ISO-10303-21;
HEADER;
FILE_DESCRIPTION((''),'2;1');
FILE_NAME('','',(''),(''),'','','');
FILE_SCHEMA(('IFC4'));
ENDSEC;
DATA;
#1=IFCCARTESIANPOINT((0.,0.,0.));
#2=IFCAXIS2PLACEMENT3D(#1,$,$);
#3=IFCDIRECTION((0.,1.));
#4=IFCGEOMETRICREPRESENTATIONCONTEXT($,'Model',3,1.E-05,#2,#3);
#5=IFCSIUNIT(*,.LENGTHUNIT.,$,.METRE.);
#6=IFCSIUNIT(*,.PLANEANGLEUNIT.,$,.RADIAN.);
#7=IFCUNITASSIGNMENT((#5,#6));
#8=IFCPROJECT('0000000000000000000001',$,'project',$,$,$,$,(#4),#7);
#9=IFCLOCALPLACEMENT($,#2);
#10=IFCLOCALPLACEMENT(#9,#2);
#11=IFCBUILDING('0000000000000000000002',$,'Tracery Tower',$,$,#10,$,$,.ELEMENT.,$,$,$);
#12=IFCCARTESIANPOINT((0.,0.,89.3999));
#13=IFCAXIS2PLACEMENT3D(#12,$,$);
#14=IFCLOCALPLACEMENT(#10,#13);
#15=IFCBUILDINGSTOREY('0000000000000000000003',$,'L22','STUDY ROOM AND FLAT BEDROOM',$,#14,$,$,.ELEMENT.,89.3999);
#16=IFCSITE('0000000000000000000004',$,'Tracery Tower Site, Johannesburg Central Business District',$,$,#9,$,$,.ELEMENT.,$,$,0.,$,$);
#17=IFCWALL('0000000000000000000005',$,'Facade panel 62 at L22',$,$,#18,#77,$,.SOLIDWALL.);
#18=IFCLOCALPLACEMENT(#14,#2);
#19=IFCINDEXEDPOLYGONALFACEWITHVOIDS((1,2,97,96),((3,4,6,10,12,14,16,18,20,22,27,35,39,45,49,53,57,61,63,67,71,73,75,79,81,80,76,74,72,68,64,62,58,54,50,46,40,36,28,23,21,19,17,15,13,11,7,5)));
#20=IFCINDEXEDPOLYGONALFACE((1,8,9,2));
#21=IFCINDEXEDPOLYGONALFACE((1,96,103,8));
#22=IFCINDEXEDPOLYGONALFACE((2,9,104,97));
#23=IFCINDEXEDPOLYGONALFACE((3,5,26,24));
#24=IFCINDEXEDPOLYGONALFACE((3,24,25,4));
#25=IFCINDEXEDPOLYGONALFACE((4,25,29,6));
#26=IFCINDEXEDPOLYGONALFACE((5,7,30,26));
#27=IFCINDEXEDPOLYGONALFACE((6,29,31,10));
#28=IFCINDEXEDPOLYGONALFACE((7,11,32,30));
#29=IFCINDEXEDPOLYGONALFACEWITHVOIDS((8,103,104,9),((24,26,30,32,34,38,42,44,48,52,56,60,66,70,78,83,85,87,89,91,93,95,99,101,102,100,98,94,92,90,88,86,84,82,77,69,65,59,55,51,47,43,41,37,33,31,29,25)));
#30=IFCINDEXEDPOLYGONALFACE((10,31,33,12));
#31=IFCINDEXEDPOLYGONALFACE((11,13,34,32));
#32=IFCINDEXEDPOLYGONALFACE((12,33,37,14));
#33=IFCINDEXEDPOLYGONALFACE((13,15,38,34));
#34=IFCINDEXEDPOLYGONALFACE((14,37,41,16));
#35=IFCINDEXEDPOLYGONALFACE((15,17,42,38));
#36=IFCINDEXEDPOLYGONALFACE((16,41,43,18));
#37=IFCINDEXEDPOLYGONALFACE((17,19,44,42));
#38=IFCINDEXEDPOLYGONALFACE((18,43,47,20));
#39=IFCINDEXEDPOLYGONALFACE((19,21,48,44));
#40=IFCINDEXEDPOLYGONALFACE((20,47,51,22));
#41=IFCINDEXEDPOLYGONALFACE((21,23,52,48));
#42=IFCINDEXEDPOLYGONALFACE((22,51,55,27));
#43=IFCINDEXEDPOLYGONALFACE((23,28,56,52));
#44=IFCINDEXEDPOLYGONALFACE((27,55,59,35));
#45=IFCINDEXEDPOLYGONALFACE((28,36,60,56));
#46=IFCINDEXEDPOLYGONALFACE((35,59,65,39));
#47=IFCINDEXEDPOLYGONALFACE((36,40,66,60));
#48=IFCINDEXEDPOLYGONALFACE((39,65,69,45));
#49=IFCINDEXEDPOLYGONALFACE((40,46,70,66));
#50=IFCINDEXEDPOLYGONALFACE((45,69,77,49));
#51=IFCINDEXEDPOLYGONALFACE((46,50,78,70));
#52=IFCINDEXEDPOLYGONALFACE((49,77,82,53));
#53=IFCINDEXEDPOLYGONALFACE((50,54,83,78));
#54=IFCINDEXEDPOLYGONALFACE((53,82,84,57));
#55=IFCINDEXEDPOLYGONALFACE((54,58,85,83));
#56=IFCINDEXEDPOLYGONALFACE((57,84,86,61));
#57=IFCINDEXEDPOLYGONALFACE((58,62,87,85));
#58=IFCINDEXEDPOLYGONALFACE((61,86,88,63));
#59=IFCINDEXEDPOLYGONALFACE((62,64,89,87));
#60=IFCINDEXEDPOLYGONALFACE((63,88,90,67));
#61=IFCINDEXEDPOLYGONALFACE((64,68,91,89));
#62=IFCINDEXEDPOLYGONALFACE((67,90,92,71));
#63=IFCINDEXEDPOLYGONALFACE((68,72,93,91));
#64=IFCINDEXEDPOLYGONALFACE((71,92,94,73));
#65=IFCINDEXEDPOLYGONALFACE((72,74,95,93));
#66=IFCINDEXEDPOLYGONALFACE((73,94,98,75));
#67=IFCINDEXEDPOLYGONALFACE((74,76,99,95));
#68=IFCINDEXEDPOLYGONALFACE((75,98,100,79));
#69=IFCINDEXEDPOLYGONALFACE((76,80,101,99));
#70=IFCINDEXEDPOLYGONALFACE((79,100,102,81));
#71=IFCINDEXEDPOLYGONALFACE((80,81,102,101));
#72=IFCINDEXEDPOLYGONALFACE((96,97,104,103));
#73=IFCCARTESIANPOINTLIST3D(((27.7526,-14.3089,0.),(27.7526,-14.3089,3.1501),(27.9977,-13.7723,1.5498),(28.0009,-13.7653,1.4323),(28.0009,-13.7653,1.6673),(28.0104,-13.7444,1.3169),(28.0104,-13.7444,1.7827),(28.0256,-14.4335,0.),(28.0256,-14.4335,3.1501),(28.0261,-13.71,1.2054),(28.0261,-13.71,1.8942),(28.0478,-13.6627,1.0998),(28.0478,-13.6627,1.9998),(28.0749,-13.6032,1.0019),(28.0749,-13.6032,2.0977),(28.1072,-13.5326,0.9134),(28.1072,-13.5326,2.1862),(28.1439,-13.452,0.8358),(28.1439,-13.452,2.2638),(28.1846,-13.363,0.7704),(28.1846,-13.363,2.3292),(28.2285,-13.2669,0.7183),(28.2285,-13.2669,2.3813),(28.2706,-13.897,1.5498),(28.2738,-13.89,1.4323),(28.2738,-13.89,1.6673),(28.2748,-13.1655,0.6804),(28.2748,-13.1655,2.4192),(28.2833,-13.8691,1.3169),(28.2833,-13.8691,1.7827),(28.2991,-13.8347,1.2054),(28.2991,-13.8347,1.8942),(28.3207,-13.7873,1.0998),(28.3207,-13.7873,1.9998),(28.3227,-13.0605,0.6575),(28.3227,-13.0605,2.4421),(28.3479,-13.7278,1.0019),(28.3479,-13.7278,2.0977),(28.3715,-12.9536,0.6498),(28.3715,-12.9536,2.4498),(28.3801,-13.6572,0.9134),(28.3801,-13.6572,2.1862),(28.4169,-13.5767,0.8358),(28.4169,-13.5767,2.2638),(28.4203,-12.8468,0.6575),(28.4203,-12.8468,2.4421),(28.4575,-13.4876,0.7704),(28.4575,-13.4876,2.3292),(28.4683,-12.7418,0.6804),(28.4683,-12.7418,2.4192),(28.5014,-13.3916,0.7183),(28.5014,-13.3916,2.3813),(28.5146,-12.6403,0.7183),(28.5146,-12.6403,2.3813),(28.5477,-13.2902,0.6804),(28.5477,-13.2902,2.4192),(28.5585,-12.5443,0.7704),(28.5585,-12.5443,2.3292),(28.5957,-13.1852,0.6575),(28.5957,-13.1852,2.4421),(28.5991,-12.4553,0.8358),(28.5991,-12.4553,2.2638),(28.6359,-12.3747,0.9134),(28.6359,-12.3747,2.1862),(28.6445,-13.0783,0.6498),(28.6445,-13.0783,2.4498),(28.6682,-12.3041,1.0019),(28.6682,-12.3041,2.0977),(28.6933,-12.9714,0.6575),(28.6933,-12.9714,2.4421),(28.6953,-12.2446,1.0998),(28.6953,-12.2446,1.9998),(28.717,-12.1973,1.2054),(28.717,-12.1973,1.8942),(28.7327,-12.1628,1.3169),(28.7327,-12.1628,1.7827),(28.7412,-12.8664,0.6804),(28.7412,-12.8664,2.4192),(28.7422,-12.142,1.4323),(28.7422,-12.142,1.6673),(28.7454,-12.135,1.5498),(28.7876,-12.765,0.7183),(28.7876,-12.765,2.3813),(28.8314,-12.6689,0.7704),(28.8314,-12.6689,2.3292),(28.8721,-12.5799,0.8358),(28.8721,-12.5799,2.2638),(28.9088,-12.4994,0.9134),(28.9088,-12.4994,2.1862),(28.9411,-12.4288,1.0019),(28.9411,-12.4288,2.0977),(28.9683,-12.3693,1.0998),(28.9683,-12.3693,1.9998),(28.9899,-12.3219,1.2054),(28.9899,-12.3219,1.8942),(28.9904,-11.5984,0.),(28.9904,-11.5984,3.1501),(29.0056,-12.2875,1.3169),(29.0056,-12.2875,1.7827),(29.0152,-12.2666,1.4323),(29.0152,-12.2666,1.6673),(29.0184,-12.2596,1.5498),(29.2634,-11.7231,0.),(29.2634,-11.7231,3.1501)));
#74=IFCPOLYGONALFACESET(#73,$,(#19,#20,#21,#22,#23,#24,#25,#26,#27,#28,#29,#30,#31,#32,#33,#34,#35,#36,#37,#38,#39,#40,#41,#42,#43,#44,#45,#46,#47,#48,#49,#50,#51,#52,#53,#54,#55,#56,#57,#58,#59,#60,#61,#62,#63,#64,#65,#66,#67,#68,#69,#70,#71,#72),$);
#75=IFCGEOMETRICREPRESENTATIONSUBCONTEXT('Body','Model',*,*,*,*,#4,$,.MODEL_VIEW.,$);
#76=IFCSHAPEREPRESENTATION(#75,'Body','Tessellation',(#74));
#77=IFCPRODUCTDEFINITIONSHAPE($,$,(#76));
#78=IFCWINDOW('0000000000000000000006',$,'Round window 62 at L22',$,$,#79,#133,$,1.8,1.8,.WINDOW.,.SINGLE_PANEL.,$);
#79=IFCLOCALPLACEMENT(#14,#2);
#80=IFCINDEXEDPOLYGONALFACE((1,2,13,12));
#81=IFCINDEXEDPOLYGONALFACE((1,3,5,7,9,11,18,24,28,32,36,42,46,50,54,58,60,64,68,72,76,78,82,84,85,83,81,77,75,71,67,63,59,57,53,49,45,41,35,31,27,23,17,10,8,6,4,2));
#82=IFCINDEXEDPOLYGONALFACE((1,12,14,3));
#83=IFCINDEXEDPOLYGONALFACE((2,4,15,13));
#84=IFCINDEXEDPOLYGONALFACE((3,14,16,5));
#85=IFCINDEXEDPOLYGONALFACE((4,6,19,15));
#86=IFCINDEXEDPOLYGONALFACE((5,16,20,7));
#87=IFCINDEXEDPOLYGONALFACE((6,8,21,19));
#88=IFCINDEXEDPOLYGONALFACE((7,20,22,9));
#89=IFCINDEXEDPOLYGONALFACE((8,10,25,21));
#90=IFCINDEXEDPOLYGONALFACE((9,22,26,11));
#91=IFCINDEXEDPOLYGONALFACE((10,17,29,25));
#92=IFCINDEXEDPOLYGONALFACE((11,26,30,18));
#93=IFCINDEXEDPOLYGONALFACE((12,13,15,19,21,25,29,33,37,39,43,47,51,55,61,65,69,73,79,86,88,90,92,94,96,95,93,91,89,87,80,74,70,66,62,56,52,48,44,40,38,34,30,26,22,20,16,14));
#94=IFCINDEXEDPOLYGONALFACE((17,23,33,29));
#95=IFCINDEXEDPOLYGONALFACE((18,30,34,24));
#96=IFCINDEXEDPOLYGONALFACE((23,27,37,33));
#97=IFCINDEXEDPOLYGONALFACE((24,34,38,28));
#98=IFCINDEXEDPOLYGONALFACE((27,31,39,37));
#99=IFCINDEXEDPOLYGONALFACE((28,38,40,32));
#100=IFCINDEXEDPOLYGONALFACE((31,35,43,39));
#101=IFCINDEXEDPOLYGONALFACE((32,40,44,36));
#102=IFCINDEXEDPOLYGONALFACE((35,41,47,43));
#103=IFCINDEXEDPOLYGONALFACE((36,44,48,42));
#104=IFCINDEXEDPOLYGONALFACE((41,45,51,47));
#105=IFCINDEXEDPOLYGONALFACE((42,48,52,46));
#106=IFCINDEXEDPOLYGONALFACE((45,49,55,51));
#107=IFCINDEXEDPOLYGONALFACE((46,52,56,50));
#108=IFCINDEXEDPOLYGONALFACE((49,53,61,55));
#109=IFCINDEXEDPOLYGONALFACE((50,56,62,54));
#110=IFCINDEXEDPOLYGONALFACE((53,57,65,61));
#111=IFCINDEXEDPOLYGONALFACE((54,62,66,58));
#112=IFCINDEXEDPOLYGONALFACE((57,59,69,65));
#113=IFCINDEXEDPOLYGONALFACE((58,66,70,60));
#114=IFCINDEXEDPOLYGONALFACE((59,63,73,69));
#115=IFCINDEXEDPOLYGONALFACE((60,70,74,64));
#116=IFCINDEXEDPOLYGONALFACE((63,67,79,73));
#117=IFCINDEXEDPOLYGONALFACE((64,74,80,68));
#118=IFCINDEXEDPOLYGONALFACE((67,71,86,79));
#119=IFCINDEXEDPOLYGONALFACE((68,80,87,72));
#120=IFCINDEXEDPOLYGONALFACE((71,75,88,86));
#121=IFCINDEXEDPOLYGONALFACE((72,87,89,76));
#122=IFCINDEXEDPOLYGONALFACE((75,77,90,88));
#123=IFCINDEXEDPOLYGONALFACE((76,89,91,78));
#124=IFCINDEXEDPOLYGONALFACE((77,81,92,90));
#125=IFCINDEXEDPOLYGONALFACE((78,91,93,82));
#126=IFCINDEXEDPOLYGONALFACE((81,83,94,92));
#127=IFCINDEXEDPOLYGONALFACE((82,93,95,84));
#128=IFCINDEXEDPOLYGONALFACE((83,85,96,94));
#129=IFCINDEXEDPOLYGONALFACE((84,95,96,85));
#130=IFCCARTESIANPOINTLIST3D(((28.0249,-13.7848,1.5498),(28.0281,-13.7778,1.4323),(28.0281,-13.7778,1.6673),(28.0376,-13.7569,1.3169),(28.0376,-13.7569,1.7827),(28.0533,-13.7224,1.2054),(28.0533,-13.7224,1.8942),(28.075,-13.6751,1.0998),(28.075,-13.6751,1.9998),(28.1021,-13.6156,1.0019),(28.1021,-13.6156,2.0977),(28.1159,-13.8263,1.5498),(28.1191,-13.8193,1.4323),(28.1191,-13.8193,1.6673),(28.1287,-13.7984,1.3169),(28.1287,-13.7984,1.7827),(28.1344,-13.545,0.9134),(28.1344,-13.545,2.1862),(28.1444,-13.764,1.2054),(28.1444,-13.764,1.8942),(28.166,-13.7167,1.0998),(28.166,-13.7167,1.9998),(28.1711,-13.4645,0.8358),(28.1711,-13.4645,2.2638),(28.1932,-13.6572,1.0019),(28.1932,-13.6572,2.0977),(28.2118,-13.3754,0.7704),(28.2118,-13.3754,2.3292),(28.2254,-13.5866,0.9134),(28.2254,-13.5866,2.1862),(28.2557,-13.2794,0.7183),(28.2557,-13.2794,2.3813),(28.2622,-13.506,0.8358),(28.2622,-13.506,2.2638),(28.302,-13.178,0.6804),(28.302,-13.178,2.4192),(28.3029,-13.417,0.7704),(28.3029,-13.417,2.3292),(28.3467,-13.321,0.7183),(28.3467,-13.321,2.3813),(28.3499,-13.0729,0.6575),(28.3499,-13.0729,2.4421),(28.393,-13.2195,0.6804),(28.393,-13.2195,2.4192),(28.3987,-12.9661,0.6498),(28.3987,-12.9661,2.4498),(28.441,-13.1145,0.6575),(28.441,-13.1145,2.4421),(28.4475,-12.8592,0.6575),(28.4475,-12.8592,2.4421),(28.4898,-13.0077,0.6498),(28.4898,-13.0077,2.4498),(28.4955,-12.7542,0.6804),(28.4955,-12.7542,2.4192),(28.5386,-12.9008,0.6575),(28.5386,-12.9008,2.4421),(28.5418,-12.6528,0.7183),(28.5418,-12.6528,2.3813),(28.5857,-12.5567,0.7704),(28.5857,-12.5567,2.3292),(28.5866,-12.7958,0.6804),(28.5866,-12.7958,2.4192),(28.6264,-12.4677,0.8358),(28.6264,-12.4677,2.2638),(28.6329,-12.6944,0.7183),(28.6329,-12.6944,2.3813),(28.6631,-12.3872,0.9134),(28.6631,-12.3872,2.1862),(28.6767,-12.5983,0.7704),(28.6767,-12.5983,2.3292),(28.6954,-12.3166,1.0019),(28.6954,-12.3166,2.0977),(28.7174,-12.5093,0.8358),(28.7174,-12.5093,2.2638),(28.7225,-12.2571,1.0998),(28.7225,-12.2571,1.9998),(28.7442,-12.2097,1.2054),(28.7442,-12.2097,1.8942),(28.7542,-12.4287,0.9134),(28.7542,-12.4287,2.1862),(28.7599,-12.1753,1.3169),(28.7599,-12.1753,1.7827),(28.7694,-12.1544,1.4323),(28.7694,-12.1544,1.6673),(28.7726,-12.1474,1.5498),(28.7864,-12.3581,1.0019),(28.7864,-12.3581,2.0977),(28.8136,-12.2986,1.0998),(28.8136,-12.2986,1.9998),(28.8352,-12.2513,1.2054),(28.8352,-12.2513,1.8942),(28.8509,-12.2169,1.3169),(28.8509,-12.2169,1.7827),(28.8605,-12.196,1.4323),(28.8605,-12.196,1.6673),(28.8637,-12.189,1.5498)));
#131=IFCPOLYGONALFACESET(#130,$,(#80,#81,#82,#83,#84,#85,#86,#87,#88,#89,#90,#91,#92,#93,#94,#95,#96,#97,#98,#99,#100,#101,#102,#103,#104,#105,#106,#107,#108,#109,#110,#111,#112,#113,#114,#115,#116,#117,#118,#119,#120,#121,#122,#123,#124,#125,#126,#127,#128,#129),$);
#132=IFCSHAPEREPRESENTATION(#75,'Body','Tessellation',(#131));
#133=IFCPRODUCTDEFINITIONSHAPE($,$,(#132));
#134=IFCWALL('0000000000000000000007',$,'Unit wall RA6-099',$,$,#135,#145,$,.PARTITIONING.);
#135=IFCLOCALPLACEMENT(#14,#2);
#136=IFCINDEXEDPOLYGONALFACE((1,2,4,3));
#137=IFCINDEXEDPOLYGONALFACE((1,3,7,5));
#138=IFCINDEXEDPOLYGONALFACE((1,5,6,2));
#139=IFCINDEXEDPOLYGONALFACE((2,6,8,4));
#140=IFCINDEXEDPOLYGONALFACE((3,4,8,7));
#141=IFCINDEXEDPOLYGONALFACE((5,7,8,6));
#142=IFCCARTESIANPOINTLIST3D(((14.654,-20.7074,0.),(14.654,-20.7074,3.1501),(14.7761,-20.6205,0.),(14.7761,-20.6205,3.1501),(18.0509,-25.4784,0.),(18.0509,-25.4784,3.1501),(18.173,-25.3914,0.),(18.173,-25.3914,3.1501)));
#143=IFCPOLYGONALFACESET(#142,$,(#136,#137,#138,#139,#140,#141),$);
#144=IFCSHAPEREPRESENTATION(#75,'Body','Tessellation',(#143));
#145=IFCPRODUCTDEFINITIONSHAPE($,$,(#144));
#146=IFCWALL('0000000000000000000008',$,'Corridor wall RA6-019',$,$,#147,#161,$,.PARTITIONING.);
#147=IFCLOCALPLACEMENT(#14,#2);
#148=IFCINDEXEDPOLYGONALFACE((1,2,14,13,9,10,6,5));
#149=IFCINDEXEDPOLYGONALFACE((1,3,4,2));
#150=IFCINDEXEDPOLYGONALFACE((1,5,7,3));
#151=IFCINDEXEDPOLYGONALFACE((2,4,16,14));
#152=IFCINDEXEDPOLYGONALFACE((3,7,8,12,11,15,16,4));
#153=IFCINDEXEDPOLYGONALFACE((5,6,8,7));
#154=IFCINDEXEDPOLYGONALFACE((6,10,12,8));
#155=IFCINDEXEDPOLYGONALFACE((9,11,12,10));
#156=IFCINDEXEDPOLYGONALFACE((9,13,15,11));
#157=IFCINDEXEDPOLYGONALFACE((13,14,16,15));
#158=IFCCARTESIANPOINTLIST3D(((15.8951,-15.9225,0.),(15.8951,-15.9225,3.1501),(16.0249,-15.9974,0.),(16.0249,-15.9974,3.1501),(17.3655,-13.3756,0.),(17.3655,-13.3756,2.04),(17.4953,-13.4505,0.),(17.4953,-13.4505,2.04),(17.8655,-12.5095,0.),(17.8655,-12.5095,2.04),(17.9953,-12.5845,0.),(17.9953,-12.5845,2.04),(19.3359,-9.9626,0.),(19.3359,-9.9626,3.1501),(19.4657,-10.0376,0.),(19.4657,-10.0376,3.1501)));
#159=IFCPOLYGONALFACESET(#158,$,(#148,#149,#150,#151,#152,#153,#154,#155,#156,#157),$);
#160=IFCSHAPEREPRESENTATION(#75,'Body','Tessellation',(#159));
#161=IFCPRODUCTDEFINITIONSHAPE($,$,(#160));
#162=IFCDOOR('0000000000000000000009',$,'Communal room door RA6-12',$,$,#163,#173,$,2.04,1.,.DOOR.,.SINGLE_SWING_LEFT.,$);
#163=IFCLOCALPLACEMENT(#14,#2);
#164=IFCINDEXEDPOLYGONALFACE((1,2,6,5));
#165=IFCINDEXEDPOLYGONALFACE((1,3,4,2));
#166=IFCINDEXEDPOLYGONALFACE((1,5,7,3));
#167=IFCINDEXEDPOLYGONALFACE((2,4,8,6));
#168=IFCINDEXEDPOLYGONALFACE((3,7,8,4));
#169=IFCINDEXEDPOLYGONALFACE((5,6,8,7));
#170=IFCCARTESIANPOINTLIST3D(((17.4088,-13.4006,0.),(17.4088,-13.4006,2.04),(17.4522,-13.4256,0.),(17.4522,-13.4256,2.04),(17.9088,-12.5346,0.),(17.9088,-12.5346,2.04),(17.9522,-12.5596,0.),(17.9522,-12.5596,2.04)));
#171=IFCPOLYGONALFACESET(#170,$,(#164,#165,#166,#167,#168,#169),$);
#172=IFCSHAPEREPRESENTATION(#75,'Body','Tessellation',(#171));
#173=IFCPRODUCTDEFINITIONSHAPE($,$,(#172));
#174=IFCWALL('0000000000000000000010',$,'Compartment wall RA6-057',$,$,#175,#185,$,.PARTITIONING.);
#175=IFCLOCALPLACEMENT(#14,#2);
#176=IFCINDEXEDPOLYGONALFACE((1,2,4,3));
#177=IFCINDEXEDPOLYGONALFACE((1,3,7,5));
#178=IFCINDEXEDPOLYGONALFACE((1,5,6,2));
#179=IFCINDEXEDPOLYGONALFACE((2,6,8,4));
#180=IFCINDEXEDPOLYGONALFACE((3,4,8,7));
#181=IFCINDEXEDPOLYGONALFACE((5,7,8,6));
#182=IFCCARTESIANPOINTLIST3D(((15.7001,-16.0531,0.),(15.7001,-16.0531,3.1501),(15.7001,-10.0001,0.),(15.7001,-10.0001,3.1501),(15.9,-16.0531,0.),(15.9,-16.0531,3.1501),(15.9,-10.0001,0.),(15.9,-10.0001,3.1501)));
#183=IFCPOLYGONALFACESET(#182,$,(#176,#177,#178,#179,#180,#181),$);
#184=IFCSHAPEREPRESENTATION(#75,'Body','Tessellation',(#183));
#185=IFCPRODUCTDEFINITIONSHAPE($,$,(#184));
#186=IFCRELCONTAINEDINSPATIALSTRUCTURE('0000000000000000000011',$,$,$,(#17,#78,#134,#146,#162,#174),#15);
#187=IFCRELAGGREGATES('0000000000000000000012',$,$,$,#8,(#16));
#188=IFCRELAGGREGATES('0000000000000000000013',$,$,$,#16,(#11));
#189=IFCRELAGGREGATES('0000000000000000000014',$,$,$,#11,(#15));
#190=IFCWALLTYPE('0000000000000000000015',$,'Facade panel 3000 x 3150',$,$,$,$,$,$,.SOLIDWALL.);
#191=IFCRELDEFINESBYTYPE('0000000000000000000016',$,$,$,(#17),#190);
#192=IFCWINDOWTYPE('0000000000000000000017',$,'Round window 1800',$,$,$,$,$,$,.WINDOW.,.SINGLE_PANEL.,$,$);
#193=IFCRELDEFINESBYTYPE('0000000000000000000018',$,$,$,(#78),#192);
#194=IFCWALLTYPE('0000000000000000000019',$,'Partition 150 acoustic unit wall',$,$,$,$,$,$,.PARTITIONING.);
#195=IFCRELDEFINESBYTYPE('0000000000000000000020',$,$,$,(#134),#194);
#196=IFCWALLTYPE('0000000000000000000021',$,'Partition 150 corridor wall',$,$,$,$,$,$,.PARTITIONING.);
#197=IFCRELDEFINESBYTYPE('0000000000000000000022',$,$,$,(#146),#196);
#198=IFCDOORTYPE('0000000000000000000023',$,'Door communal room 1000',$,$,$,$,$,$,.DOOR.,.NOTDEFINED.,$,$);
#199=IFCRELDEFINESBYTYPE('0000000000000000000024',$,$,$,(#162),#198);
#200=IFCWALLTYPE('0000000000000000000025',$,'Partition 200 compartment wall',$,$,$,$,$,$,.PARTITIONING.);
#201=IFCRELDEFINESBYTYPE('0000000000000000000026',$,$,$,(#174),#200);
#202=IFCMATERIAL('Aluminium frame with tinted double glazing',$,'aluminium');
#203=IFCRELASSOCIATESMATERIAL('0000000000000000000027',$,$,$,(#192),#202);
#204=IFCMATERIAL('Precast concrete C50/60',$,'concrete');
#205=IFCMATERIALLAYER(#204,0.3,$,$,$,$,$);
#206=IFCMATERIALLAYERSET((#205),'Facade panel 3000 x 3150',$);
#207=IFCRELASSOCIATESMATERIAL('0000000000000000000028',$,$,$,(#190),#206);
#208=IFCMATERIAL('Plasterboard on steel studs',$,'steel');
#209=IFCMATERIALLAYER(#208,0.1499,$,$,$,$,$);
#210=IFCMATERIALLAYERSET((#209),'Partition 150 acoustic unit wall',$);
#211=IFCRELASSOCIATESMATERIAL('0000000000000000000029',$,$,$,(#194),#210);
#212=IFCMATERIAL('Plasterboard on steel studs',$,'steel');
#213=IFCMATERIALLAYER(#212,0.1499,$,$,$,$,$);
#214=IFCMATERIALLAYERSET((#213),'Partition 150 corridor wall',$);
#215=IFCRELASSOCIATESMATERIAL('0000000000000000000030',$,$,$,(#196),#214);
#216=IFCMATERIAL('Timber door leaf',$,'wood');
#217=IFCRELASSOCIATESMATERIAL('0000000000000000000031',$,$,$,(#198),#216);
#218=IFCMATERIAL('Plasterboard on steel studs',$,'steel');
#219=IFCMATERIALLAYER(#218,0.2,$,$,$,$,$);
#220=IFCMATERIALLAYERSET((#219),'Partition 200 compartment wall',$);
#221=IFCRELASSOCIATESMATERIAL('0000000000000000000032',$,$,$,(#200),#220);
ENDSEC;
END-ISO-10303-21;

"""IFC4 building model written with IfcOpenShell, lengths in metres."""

from ifc_helpers import new_model, si_unit, direction, frame, frame_2d, origin, origin_2d, place, context, subcontext, project, spatial, rectangle, circle, extrude, material, layer, layer_set, type_object, element, fill, save


model = new_model("IFC4")

# Units and contexts
model_context = context("Model", 3, precision=1e-05, world=origin(), true_north=direction((0.0, 1.0)))
body_context = subcontext(model_context, "Body", "Model", "MODEL_VIEW")
ifc_project = project(units=[si_unit("LENGTHUNIT", "METRE"), si_unit("PLANEANGLEUNIT", "RADIAN")], contexts=[model_context])

# Site, building, storey
site_placement = place(None, origin())
site = spatial("IfcSite", under=ifc_project, at=site_placement, Name="Tracery Tower Site, Johannesburg Central Business District", CompositionType="ELEMENT", RefElevation=0.0)
building_placement = place(site_placement, origin())
building = spatial("IfcBuilding", under=site, at=building_placement, Name="Tracery Tower", CompositionType="ELEMENT")
storey_placement = place(building_placement, frame((0.0, 0.0, 89.3999)))
storey = spatial("IfcBuildingStorey", under=building, at=storey_placement, Name="L22", Description="STUDY ROOM AND FLAT BEDROOM", CompositionType="ELEMENT", Elevation=89.3999)

# Wall, opening, window
ifc_material_1 = material(Name="Aluminium frame with tinted double glazing", Category="aluminium")
window_type = type_object("IfcWindowType", Name="Round window 1800", PartitioningType="SINGLE_PANEL", PredefinedType="WINDOW", material=ifc_material_1)
ifc_material_2 = material(Name="Precast concrete C50/60", Category="concrete")
ifc_layer_1 = layer(ifc_material_2, 0.3)
ifc_layer_set_1 = layer_set([ifc_layer_1], Name="Facade panel 3000 x 3150")
wall_type_1 = type_object("IfcWallType", Name="Facade panel 3000 x 3150", PredefinedType="SOLIDWALL", material=ifc_layer_set_1)
wall_1_placement = place(storey_placement, frame((27.8892, -14.3711, 0.0), z_axis=(0.0, 0.0, 1.0), x_axis=(0.415407, 0.909636, 0.0)))
wall_1 = element("IfcWall", 1, at=wall_1_placement, inside=storey, type_object=wall_type_1, Name="Facade panel 62 at L22", PredefinedType="SOLIDWALL", context=body_context, shape_type="SweptSolid", body=[
    extrude(rectangle(XDim=2.9797, YDim=0.3, at=frame_2d((1.4897, 0.0))), origin(), (0.0, 0.0, 1.0), 3.1501),
])
opening_1_placement = place(wall_1_placement, frame((1.4897, 0.0, 1.5498)))
opening_1 = element("IfcOpeningElement", 2, at=opening_1_placement, cuts=wall_1, PredefinedType="OPENING", context=body_context, shape_type="SweptSolid", body=[
    extrude(circle(Radius=0.9, at=origin_2d()), frame((0.0, 0.1599, 0.0), z_axis=(0.0, -1.0, 0.0), x_axis=(1.0, 0.0, 0.0)), (0.0, 0.0, 1.0), 0.3201),
])
window_1_placement = place(opening_1_placement, origin())
window_1 = element("IfcWindow", 3, at=window_1_placement, inside=storey, type_object=window_type, Name="Round window 62 at L22", OverallHeight=1.8, OverallWidth=1.8, PartitioningType="SINGLE_PANEL", PredefinedType="WINDOW", context=body_context, shape_type="SweptSolid", body=[
    extrude(circle(Radius=0.9, at=origin_2d()), frame((0.0, 0.1201, 0.0), z_axis=(0.0, -1.0, 0.0), x_axis=(1.0, 0.0, 0.0)), (0.0, 0.0, 1.0), 0.1001),
])
fill(opening_1, window_1)

# Wall
ifc_material_3 = material(Name="Plasterboard on steel studs", Category="steel")
ifc_layer_2 = layer(ifc_material_3, 0.1499)
ifc_layer_set_2 = layer_set([ifc_layer_2], Name="Partition 150 acoustic unit wall")
wall_type_2 = type_object("IfcWallType", Name="Partition 150 acoustic unit wall", PredefinedType="PARTITIONING", material=ifc_layer_set_2)
wall_2_placement = place(storey_placement, frame((14.7151, -20.6641, 0.0), z_axis=(0.0, 0.0, 1.0), x_axis=(0.580007, -0.814611, 0.0)))
element("IfcWall", 4, at=wall_2_placement, inside=storey, type_object=wall_type_2, Name="Unit wall RA6-099", PredefinedType="PARTITIONING", context=body_context, shape_type="SweptSolid", body=[
    extrude(rectangle(XDim=5.8567, YDim=0.1499, at=frame_2d((2.9282, 0.0))), origin(), (0.0, 0.0, 1.0), 3.1501),
])

# Wall, opening, door
ifc_material_4 = material(Name="Plasterboard on steel studs", Category="steel")
ifc_layer_3 = layer(ifc_material_4, 0.1499)
ifc_layer_set_3 = layer_set([ifc_layer_3], Name="Partition 150 corridor wall")
wall_type_3 = type_object("IfcWallType", Name="Partition 150 corridor wall", PredefinedType="PARTITIONING", material=ifc_layer_set_3)
wall_3_placement = place(storey_placement, frame((15.96, -15.96, 0.0), z_axis=(0.0, 0.0, 1.0), x_axis=(0.499993, 0.86603, 0.0)))
wall_3 = element("IfcWall", 5, at=wall_3_placement, inside=storey, type_object=wall_type_3, Name="Corridor wall RA6-019", PredefinedType="PARTITIONING", context=body_context, shape_type="SweptSolid", body=[
    extrude(rectangle(XDim=6.8818, YDim=0.1499, at=frame_2d((3.4409, 0.0))), origin(), (0.0, 0.0, 1.0), 3.1501),
])
opening_2_placement = place(wall_3_placement, frame((2.9409, 0.0, 0.0)))
opening_2 = element("IfcOpeningElement", 6, at=opening_2_placement, cuts=wall_3, PredefinedType="OPENING", context=body_context, shape_type="SweptSolid", body=[
    extrude(rectangle(XDim=1.0, YDim=2.04, at=frame_2d((0.5, 1.02))), frame((0.0, 0.075, 0.0), z_axis=(0.0, -1.0, 0.0), x_axis=(1.0, 0.0, 0.0)), (0.0, 0.0, 1.0), 0.1499),
])
ifc_material_5 = material(Name="Timber door leaf", Category="wood")
door_type = type_object("IfcDoorType", Name="Door communal room 1000", OperationType="NOTDEFINED", PredefinedType="DOOR", material=ifc_material_5)
door_placement = place(opening_2_placement, origin())
door = element("IfcDoor", 7, at=door_placement, inside=storey, type_object=door_type, Name="Communal room door RA6-12", OperationType="SINGLE_SWING_LEFT", OverallHeight=2.04, OverallWidth=1.0, PredefinedType="DOOR", context=body_context, shape_type="SweptSolid", body=[
    extrude(rectangle(XDim=1.0, YDim=2.04, at=frame_2d((0.5, 1.02))), frame((0.0, 0.0249, 0.0), z_axis=(0.0, -1.0, 0.0), x_axis=(1.0, 0.0, 0.0)), (0.0, 0.0, 1.0), 0.05),
])
fill(opening_2, door)

# Wall
ifc_material_6 = material(Name="Plasterboard on steel studs", Category="steel")
ifc_layer_4 = layer(ifc_material_6, 0.2)
ifc_layer_set_4 = layer_set([ifc_layer_4], Name="Partition 200 compartment wall")
wall_type_4 = type_object("IfcWallType", Name="Partition 200 compartment wall", PredefinedType="PARTITIONING", material=ifc_layer_set_4)
wall_4_placement = place(storey_placement, frame((15.8, -16.053, 0.0), z_axis=(0.0, 0.0, 1.0), x_axis=(0.0, 1.0, 0.0)))
element("IfcWall", 8, at=wall_4_placement, inside=storey, type_object=wall_type_4, Name="Compartment wall RA6-057", PredefinedType="PARTITIONING", context=body_context, shape_type="SweptSolid", body=[
    extrude(rectangle(XDim=6.053, YDim=0.2, at=frame_2d((3.0264, 0.0))), origin(), (0.0, 0.0, 1.0), 3.1501),
])

save(model, "model.ifc")
